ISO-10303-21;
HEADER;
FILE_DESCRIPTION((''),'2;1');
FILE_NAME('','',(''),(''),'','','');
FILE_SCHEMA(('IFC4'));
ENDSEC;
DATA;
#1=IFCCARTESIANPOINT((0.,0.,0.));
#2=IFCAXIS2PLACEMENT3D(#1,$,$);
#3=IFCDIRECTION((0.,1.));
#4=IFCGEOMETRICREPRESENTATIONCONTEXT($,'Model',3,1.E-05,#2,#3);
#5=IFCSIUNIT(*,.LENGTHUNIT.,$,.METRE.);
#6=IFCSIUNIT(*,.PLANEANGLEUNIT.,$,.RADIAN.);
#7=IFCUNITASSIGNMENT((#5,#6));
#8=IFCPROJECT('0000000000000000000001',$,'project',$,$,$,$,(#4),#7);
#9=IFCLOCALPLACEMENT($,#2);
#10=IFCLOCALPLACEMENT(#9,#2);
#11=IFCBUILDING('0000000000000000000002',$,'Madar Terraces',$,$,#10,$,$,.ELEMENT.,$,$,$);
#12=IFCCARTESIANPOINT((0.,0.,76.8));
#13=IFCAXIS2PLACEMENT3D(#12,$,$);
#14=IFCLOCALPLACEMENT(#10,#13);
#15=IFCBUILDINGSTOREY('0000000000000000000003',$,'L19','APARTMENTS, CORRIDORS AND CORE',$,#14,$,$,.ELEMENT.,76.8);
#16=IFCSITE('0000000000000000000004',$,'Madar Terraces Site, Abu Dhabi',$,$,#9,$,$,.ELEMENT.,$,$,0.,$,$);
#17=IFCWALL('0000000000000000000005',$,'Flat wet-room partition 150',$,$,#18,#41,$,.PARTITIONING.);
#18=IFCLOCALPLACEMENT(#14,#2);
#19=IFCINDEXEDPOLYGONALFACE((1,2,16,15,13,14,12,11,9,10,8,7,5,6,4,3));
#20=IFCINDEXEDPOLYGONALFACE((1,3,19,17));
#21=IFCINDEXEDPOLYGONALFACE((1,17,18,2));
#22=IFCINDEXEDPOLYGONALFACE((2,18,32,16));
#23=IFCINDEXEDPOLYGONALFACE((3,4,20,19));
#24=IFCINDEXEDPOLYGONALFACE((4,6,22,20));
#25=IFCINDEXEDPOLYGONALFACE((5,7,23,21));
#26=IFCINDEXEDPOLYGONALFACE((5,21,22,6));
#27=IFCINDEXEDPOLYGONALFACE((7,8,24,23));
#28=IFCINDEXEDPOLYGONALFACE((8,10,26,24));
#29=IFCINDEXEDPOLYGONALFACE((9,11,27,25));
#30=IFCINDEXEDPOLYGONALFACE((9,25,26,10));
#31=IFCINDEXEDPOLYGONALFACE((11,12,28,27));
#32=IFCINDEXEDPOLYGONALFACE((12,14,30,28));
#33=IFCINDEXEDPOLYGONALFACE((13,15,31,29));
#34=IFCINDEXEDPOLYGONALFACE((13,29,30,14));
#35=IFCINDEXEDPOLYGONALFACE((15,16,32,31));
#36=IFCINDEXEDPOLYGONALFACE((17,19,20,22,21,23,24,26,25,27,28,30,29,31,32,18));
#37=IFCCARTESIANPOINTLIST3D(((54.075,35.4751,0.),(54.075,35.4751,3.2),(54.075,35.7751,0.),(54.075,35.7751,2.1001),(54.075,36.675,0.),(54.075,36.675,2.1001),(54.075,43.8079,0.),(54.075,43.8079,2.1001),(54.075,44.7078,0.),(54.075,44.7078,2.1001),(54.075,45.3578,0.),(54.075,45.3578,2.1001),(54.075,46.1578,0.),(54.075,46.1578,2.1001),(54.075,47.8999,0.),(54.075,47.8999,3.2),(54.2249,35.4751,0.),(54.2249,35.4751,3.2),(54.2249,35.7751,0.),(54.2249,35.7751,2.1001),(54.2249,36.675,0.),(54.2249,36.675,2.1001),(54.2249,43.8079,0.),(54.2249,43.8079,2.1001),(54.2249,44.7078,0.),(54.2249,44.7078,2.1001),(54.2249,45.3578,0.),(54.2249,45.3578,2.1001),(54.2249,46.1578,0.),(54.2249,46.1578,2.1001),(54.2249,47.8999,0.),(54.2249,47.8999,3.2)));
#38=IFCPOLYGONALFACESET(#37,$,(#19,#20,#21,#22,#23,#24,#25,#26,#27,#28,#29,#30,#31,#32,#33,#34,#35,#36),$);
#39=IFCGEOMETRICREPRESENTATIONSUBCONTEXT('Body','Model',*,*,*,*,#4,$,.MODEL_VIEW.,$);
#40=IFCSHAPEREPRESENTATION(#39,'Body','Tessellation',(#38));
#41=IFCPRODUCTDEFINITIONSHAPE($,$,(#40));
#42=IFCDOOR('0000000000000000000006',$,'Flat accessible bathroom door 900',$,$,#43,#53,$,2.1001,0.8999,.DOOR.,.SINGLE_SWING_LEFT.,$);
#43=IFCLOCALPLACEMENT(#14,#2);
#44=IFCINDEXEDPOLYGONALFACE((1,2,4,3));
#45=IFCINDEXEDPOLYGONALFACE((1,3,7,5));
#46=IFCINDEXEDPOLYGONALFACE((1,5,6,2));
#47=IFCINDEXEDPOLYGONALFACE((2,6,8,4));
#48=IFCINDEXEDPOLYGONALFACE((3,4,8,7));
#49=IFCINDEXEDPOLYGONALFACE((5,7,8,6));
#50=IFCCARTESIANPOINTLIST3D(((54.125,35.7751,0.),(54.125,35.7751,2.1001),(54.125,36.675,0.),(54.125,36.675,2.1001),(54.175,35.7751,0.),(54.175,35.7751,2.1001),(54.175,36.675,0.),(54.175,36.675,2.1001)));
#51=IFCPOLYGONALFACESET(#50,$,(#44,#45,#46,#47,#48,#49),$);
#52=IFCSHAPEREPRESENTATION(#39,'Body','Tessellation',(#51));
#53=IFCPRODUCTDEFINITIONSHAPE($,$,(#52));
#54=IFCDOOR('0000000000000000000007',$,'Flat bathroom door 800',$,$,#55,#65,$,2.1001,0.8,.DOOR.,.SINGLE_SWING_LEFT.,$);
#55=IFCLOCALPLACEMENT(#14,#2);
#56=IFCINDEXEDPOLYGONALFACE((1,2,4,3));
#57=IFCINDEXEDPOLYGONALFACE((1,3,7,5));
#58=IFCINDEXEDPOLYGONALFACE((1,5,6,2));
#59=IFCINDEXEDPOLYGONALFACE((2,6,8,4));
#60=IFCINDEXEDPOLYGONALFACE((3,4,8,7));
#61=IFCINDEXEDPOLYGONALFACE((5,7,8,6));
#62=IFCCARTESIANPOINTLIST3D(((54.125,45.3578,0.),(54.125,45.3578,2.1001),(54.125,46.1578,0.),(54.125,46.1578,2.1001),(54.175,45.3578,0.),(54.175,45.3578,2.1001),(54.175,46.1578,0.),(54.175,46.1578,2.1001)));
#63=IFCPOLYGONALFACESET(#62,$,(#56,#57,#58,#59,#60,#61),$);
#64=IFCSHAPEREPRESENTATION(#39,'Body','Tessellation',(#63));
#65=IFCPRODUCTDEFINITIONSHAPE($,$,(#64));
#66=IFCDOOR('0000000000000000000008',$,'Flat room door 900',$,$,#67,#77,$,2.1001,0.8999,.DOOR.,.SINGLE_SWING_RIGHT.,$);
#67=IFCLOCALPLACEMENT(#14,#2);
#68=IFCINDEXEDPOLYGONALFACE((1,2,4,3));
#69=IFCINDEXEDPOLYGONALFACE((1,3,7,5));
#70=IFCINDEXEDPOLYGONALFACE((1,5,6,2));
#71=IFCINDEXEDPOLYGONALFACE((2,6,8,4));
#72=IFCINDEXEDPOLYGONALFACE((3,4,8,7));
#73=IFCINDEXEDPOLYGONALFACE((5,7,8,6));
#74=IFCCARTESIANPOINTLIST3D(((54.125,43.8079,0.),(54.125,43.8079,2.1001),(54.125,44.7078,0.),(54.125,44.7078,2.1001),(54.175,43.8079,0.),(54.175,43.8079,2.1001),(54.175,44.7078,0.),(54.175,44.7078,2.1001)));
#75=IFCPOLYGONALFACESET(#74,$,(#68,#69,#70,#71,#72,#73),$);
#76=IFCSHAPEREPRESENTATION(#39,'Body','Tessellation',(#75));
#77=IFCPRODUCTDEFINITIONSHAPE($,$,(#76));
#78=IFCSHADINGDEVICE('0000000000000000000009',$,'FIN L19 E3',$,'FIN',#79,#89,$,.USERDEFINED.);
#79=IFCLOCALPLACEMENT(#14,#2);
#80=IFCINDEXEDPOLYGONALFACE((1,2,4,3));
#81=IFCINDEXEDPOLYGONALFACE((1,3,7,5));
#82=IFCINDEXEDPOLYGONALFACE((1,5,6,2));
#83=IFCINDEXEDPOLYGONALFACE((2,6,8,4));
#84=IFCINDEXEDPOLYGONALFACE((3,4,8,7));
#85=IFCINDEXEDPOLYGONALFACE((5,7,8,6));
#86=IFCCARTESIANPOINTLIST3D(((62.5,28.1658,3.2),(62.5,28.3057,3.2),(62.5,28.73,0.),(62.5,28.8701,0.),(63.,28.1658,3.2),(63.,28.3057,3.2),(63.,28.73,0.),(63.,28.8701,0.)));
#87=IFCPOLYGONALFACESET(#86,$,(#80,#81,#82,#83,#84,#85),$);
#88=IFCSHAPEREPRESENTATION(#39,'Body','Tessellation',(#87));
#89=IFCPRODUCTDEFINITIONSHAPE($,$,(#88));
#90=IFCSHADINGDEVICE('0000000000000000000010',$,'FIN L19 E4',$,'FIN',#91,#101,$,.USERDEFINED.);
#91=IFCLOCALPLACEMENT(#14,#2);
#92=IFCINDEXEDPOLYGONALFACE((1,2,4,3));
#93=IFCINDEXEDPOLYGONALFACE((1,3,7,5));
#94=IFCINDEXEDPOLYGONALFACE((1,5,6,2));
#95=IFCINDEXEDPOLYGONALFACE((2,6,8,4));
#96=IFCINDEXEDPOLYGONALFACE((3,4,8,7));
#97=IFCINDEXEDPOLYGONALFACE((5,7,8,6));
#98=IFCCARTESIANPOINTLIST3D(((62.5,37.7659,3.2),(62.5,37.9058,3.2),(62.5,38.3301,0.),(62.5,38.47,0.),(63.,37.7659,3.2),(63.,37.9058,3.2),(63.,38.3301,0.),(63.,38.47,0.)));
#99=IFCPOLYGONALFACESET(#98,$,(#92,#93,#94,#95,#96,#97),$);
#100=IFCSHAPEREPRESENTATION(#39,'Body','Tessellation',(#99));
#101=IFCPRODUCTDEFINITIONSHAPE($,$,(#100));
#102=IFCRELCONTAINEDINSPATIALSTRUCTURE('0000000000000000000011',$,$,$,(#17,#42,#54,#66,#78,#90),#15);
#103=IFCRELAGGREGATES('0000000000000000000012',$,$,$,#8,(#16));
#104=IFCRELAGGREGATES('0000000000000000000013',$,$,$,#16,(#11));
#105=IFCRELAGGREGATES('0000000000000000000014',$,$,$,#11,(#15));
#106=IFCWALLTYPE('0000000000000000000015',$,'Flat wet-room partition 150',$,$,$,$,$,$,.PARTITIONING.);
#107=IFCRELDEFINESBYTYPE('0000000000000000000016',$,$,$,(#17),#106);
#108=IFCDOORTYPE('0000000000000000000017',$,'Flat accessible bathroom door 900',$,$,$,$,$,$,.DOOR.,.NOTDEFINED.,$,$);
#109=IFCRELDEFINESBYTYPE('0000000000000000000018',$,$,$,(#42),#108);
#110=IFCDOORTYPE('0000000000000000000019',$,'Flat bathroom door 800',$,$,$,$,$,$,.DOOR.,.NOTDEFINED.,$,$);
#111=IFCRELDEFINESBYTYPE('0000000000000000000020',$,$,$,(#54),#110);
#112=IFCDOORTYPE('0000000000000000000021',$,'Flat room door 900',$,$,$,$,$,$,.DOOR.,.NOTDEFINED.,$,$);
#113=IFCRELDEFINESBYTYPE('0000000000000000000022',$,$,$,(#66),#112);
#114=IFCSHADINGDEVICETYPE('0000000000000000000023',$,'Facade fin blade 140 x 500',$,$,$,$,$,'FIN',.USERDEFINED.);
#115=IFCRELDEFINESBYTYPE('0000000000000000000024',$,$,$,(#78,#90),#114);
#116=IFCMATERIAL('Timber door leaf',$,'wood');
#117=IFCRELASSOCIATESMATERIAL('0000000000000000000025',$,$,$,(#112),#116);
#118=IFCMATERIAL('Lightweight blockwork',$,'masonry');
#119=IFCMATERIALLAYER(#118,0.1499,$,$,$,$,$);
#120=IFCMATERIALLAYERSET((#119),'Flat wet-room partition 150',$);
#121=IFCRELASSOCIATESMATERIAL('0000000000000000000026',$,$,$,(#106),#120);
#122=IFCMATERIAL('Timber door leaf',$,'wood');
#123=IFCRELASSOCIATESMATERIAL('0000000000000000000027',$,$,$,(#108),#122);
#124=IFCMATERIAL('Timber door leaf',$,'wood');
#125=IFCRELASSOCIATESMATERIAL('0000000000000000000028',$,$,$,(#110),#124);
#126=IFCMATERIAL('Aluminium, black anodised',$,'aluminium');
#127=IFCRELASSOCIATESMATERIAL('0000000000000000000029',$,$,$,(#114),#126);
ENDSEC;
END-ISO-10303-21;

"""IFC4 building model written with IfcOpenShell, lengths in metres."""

from ifc_helpers import new_model, si_unit, direction, frame, frame_2d, origin, place, context, subcontext, project, spatial, polyline, rectangle, outline, extrude, material, layer, layer_set, type_object, element, fill, save


model = new_model("IFC4")

# Units and contexts
model_context = context("Model", 3, precision=1e-05, world=origin(), true_north=direction((0.0, 1.0)))
body_context = subcontext(model_context, "Body", "Model", "MODEL_VIEW")
ifc_project = project(units=[si_unit("LENGTHUNIT", "METRE"), si_unit("PLANEANGLEUNIT", "RADIAN")], contexts=[model_context])

# Site, building, storey
site_placement = place(None, origin())
site = spatial("IfcSite", under=ifc_project, at=site_placement, Name="Madar Terraces Site, Abu Dhabi", CompositionType="ELEMENT", RefElevation=0.0)
building_placement = place(site_placement, origin())
building = spatial("IfcBuilding", under=site, at=building_placement, Name="Madar Terraces", CompositionType="ELEMENT")
storey_placement = place(building_placement, frame((0.0, 0.0, 76.8)))
storey = spatial("IfcBuildingStorey", under=building, at=storey_placement, Name="L19", Description="APARTMENTS, CORRIDORS AND CORE", CompositionType="ELEMENT", Elevation=76.8)

# Shared definitions
ifc_material_1 = material(Name="Timber door leaf", Category="wood")
door_type_1 = type_object("IfcDoorType", Name="Flat room door 900", OperationType="NOTDEFINED", PredefinedType="DOOR", material=ifc_material_1)

# Shared definitions
ifc_material_2 = material(Name="Lightweight blockwork", Category="masonry")
ifc_layer_1 = layer(ifc_material_2, 0.1499)
ifc_layer_set_1 = layer_set([ifc_layer_1], Name="Flat wet-room partition 150")
wall_type_1 = type_object("IfcWallType", Name="Flat wet-room partition 150", PredefinedType="PARTITIONING", material=ifc_layer_set_1)

# Wall, openings, doors
wall_1_placement = place(storey_placement, frame((54.1499, 35.4751, 0.0), z_axis=(0.0, 0.0, 1.0), x_axis=(0.0, 1.0, 0.0)))
wall_1 = element("IfcWall", 1, at=wall_1_placement, inside=storey, type_object=wall_type_1, Name="Flat wet-room partition 150", PredefinedType="PARTITIONING", context=body_context, shape_type="SweptSolid", body=[
    extrude(rectangle(XDim=12.4248, YDim=0.1499, at=frame_2d((6.2124, 0.0))), origin(), (0.0, 0.0, 1.0), 3.2),
])
opening_1_placement = place(wall_1_placement, frame((0.3, 0.0, 0.0)))
opening_1 = element("IfcOpeningElement", 2, at=opening_1_placement, cuts=wall_1, PredefinedType="OPENING", context=body_context, shape_type="SweptSolid", body=[
    extrude(rectangle(XDim=0.8999, YDim=2.1001, at=frame_2d((0.45, 1.05))), frame((0.0, 0.085, 0.0), z_axis=(0.0, -1.0, 0.0), x_axis=(1.0, 0.0, 0.0)), (0.0, 0.0, 1.0), 0.1699),
])
opening_2_placement = place(wall_1_placement, frame((8.3328, 0.0, 0.0)))
opening_2 = element("IfcOpeningElement", 3, at=opening_2_placement, cuts=wall_1, PredefinedType="OPENING", context=body_context, shape_type="SweptSolid", body=[
    extrude(rectangle(XDim=0.8999, YDim=2.1001, at=frame_2d((0.45, 1.05))), frame((0.0, 0.085, 0.0), z_axis=(0.0, -1.0, 0.0), x_axis=(1.0, 0.0, 0.0)), (0.0, 0.0, 1.0), 0.1699),
])
opening_3_placement = place(wall_1_placement, frame((9.8828, 0.0, 0.0)))
opening_3 = element("IfcOpeningElement", 4, at=opening_3_placement, cuts=wall_1, PredefinedType="OPENING", context=body_context, shape_type="SweptSolid", body=[
    extrude(rectangle(XDim=0.8, YDim=2.1001, at=frame_2d((0.3999, 1.05))), frame((0.0, 0.085, 0.0), z_axis=(0.0, -1.0, 0.0), x_axis=(1.0, 0.0, 0.0)), (0.0, 0.0, 1.0), 0.1699),
])
ifc_material_3 = material(Name="Timber door leaf", Category="wood")
door_type_2 = type_object("IfcDoorType", Name="Flat accessible bathroom door 900", OperationType="NOTDEFINED", PredefinedType="DOOR", material=ifc_material_3)
door_1_placement = place(opening_1_placement, origin())
door_1 = element("IfcDoor", 5, at=door_1_placement, inside=storey, type_object=door_type_2, Name="Flat accessible bathroom door 900", OperationType="SINGLE_SWING_LEFT", OverallHeight=2.1001, OverallWidth=0.8999, PredefinedType="DOOR", context=body_context, shape_type="SweptSolid", body=[
    extrude(rectangle(XDim=0.8999, YDim=2.1001, at=frame_2d((0.45, 1.05))), frame((0.0, 0.0249, 0.0), z_axis=(0.0, -1.0, 0.0), x_axis=(1.0, 0.0, 0.0)), (0.0, 0.0, 1.0), 0.05),
])
fill(opening_1, door_1)
ifc_material_4 = material(Name="Timber door leaf", Category="wood")
door_type_3 = type_object("IfcDoorType", Name="Flat bathroom door 800", OperationType="NOTDEFINED", PredefinedType="DOOR", material=ifc_material_4)
door_2_placement = place(opening_3_placement, origin())
door_2 = element("IfcDoor", 6, at=door_2_placement, inside=storey, type_object=door_type_3, Name="Flat bathroom door 800", OperationType="SINGLE_SWING_LEFT", OverallHeight=2.1001, OverallWidth=0.8, PredefinedType="DOOR", context=body_context, shape_type="SweptSolid", body=[
    extrude(rectangle(XDim=0.8, YDim=2.1001, at=frame_2d((0.3999, 1.05))), frame((0.0, 0.0249, 0.0), z_axis=(0.0, -1.0, 0.0), x_axis=(1.0, 0.0, 0.0)), (0.0, 0.0, 1.0), 0.05),
])
fill(opening_3, door_2)
door_3_placement = place(opening_2_placement, origin())
door_3 = element("IfcDoor", 7, at=door_3_placement, inside=storey, type_object=door_type_1, Name="Flat room door 900", OperationType="SINGLE_SWING_RIGHT", OverallHeight=2.1001, OverallWidth=0.8999, PredefinedType="DOOR", context=body_context, shape_type="SweptSolid", body=[
    extrude(rectangle(XDim=0.8999, YDim=2.1001, at=frame_2d((0.45, 1.05))), frame((0.0, 0.0249, 0.0), z_axis=(0.0, -1.0, 0.0), x_axis=(1.0, 0.0, 0.0)), (0.0, 0.0, 1.0), 0.05),
])
fill(opening_2, door_3)

# Shading devices
ifc_material_5 = material(Name="Aluminium, black anodised", Category="aluminium")
shading_device_type = type_object("IfcShadingDeviceType", Name="Facade fin blade 140 x 500", ElementType="FIN", PredefinedType="USERDEFINED", material=ifc_material_5)
shading_device_1_placement = place(storey_placement, frame((62.75, 28.73, 0.0), z_axis=(0.0, 0.0, 1.0), x_axis=(0.0, 1.0, 0.0)))
element("IfcShadingDevice", 8, at=shading_device_1_placement, inside=storey, type_object=shading_device_type, Name="FIN L19 E3", ObjectType="FIN", PredefinedType="USERDEFINED", context=body_context, shape_type="SweptSolid", body=[
    extrude(outline(polyline([(0.0, 0.0), (0.1401, 0.0), (-0.4243, 3.2), (-0.5642, 3.2), (0.0, 0.0)])), frame((0.0, 0.25, 0.0), z_axis=(0.0, -1.0, 0.0), x_axis=(1.0, 0.0, 0.0)), (0.0, 0.0, 1.0), 0.5),
])
shading_device_2_placement = place(storey_placement, frame((62.75, 38.3301, 0.0), z_axis=(0.0, 0.0, 1.0), x_axis=(0.0, 1.0, 0.0)))
element("IfcShadingDevice", 9, at=shading_device_2_placement, inside=storey, type_object=shading_device_type, Name="FIN L19 E4", ObjectType="FIN", PredefinedType="USERDEFINED", context=body_context, shape_type="SweptSolid", body=[
    extrude(outline(polyline([(0.0, 0.0), (0.1399, 0.0), (-0.4243, 3.2), (-0.5642, 3.2), (0.0, 0.0)])), frame((0.0, 0.25, 0.0), z_axis=(0.0, -1.0, 0.0), x_axis=(1.0, 0.0, 0.0)), (0.0, 0.0, 1.0), 0.5),
])

save(model, "model.ifc")
